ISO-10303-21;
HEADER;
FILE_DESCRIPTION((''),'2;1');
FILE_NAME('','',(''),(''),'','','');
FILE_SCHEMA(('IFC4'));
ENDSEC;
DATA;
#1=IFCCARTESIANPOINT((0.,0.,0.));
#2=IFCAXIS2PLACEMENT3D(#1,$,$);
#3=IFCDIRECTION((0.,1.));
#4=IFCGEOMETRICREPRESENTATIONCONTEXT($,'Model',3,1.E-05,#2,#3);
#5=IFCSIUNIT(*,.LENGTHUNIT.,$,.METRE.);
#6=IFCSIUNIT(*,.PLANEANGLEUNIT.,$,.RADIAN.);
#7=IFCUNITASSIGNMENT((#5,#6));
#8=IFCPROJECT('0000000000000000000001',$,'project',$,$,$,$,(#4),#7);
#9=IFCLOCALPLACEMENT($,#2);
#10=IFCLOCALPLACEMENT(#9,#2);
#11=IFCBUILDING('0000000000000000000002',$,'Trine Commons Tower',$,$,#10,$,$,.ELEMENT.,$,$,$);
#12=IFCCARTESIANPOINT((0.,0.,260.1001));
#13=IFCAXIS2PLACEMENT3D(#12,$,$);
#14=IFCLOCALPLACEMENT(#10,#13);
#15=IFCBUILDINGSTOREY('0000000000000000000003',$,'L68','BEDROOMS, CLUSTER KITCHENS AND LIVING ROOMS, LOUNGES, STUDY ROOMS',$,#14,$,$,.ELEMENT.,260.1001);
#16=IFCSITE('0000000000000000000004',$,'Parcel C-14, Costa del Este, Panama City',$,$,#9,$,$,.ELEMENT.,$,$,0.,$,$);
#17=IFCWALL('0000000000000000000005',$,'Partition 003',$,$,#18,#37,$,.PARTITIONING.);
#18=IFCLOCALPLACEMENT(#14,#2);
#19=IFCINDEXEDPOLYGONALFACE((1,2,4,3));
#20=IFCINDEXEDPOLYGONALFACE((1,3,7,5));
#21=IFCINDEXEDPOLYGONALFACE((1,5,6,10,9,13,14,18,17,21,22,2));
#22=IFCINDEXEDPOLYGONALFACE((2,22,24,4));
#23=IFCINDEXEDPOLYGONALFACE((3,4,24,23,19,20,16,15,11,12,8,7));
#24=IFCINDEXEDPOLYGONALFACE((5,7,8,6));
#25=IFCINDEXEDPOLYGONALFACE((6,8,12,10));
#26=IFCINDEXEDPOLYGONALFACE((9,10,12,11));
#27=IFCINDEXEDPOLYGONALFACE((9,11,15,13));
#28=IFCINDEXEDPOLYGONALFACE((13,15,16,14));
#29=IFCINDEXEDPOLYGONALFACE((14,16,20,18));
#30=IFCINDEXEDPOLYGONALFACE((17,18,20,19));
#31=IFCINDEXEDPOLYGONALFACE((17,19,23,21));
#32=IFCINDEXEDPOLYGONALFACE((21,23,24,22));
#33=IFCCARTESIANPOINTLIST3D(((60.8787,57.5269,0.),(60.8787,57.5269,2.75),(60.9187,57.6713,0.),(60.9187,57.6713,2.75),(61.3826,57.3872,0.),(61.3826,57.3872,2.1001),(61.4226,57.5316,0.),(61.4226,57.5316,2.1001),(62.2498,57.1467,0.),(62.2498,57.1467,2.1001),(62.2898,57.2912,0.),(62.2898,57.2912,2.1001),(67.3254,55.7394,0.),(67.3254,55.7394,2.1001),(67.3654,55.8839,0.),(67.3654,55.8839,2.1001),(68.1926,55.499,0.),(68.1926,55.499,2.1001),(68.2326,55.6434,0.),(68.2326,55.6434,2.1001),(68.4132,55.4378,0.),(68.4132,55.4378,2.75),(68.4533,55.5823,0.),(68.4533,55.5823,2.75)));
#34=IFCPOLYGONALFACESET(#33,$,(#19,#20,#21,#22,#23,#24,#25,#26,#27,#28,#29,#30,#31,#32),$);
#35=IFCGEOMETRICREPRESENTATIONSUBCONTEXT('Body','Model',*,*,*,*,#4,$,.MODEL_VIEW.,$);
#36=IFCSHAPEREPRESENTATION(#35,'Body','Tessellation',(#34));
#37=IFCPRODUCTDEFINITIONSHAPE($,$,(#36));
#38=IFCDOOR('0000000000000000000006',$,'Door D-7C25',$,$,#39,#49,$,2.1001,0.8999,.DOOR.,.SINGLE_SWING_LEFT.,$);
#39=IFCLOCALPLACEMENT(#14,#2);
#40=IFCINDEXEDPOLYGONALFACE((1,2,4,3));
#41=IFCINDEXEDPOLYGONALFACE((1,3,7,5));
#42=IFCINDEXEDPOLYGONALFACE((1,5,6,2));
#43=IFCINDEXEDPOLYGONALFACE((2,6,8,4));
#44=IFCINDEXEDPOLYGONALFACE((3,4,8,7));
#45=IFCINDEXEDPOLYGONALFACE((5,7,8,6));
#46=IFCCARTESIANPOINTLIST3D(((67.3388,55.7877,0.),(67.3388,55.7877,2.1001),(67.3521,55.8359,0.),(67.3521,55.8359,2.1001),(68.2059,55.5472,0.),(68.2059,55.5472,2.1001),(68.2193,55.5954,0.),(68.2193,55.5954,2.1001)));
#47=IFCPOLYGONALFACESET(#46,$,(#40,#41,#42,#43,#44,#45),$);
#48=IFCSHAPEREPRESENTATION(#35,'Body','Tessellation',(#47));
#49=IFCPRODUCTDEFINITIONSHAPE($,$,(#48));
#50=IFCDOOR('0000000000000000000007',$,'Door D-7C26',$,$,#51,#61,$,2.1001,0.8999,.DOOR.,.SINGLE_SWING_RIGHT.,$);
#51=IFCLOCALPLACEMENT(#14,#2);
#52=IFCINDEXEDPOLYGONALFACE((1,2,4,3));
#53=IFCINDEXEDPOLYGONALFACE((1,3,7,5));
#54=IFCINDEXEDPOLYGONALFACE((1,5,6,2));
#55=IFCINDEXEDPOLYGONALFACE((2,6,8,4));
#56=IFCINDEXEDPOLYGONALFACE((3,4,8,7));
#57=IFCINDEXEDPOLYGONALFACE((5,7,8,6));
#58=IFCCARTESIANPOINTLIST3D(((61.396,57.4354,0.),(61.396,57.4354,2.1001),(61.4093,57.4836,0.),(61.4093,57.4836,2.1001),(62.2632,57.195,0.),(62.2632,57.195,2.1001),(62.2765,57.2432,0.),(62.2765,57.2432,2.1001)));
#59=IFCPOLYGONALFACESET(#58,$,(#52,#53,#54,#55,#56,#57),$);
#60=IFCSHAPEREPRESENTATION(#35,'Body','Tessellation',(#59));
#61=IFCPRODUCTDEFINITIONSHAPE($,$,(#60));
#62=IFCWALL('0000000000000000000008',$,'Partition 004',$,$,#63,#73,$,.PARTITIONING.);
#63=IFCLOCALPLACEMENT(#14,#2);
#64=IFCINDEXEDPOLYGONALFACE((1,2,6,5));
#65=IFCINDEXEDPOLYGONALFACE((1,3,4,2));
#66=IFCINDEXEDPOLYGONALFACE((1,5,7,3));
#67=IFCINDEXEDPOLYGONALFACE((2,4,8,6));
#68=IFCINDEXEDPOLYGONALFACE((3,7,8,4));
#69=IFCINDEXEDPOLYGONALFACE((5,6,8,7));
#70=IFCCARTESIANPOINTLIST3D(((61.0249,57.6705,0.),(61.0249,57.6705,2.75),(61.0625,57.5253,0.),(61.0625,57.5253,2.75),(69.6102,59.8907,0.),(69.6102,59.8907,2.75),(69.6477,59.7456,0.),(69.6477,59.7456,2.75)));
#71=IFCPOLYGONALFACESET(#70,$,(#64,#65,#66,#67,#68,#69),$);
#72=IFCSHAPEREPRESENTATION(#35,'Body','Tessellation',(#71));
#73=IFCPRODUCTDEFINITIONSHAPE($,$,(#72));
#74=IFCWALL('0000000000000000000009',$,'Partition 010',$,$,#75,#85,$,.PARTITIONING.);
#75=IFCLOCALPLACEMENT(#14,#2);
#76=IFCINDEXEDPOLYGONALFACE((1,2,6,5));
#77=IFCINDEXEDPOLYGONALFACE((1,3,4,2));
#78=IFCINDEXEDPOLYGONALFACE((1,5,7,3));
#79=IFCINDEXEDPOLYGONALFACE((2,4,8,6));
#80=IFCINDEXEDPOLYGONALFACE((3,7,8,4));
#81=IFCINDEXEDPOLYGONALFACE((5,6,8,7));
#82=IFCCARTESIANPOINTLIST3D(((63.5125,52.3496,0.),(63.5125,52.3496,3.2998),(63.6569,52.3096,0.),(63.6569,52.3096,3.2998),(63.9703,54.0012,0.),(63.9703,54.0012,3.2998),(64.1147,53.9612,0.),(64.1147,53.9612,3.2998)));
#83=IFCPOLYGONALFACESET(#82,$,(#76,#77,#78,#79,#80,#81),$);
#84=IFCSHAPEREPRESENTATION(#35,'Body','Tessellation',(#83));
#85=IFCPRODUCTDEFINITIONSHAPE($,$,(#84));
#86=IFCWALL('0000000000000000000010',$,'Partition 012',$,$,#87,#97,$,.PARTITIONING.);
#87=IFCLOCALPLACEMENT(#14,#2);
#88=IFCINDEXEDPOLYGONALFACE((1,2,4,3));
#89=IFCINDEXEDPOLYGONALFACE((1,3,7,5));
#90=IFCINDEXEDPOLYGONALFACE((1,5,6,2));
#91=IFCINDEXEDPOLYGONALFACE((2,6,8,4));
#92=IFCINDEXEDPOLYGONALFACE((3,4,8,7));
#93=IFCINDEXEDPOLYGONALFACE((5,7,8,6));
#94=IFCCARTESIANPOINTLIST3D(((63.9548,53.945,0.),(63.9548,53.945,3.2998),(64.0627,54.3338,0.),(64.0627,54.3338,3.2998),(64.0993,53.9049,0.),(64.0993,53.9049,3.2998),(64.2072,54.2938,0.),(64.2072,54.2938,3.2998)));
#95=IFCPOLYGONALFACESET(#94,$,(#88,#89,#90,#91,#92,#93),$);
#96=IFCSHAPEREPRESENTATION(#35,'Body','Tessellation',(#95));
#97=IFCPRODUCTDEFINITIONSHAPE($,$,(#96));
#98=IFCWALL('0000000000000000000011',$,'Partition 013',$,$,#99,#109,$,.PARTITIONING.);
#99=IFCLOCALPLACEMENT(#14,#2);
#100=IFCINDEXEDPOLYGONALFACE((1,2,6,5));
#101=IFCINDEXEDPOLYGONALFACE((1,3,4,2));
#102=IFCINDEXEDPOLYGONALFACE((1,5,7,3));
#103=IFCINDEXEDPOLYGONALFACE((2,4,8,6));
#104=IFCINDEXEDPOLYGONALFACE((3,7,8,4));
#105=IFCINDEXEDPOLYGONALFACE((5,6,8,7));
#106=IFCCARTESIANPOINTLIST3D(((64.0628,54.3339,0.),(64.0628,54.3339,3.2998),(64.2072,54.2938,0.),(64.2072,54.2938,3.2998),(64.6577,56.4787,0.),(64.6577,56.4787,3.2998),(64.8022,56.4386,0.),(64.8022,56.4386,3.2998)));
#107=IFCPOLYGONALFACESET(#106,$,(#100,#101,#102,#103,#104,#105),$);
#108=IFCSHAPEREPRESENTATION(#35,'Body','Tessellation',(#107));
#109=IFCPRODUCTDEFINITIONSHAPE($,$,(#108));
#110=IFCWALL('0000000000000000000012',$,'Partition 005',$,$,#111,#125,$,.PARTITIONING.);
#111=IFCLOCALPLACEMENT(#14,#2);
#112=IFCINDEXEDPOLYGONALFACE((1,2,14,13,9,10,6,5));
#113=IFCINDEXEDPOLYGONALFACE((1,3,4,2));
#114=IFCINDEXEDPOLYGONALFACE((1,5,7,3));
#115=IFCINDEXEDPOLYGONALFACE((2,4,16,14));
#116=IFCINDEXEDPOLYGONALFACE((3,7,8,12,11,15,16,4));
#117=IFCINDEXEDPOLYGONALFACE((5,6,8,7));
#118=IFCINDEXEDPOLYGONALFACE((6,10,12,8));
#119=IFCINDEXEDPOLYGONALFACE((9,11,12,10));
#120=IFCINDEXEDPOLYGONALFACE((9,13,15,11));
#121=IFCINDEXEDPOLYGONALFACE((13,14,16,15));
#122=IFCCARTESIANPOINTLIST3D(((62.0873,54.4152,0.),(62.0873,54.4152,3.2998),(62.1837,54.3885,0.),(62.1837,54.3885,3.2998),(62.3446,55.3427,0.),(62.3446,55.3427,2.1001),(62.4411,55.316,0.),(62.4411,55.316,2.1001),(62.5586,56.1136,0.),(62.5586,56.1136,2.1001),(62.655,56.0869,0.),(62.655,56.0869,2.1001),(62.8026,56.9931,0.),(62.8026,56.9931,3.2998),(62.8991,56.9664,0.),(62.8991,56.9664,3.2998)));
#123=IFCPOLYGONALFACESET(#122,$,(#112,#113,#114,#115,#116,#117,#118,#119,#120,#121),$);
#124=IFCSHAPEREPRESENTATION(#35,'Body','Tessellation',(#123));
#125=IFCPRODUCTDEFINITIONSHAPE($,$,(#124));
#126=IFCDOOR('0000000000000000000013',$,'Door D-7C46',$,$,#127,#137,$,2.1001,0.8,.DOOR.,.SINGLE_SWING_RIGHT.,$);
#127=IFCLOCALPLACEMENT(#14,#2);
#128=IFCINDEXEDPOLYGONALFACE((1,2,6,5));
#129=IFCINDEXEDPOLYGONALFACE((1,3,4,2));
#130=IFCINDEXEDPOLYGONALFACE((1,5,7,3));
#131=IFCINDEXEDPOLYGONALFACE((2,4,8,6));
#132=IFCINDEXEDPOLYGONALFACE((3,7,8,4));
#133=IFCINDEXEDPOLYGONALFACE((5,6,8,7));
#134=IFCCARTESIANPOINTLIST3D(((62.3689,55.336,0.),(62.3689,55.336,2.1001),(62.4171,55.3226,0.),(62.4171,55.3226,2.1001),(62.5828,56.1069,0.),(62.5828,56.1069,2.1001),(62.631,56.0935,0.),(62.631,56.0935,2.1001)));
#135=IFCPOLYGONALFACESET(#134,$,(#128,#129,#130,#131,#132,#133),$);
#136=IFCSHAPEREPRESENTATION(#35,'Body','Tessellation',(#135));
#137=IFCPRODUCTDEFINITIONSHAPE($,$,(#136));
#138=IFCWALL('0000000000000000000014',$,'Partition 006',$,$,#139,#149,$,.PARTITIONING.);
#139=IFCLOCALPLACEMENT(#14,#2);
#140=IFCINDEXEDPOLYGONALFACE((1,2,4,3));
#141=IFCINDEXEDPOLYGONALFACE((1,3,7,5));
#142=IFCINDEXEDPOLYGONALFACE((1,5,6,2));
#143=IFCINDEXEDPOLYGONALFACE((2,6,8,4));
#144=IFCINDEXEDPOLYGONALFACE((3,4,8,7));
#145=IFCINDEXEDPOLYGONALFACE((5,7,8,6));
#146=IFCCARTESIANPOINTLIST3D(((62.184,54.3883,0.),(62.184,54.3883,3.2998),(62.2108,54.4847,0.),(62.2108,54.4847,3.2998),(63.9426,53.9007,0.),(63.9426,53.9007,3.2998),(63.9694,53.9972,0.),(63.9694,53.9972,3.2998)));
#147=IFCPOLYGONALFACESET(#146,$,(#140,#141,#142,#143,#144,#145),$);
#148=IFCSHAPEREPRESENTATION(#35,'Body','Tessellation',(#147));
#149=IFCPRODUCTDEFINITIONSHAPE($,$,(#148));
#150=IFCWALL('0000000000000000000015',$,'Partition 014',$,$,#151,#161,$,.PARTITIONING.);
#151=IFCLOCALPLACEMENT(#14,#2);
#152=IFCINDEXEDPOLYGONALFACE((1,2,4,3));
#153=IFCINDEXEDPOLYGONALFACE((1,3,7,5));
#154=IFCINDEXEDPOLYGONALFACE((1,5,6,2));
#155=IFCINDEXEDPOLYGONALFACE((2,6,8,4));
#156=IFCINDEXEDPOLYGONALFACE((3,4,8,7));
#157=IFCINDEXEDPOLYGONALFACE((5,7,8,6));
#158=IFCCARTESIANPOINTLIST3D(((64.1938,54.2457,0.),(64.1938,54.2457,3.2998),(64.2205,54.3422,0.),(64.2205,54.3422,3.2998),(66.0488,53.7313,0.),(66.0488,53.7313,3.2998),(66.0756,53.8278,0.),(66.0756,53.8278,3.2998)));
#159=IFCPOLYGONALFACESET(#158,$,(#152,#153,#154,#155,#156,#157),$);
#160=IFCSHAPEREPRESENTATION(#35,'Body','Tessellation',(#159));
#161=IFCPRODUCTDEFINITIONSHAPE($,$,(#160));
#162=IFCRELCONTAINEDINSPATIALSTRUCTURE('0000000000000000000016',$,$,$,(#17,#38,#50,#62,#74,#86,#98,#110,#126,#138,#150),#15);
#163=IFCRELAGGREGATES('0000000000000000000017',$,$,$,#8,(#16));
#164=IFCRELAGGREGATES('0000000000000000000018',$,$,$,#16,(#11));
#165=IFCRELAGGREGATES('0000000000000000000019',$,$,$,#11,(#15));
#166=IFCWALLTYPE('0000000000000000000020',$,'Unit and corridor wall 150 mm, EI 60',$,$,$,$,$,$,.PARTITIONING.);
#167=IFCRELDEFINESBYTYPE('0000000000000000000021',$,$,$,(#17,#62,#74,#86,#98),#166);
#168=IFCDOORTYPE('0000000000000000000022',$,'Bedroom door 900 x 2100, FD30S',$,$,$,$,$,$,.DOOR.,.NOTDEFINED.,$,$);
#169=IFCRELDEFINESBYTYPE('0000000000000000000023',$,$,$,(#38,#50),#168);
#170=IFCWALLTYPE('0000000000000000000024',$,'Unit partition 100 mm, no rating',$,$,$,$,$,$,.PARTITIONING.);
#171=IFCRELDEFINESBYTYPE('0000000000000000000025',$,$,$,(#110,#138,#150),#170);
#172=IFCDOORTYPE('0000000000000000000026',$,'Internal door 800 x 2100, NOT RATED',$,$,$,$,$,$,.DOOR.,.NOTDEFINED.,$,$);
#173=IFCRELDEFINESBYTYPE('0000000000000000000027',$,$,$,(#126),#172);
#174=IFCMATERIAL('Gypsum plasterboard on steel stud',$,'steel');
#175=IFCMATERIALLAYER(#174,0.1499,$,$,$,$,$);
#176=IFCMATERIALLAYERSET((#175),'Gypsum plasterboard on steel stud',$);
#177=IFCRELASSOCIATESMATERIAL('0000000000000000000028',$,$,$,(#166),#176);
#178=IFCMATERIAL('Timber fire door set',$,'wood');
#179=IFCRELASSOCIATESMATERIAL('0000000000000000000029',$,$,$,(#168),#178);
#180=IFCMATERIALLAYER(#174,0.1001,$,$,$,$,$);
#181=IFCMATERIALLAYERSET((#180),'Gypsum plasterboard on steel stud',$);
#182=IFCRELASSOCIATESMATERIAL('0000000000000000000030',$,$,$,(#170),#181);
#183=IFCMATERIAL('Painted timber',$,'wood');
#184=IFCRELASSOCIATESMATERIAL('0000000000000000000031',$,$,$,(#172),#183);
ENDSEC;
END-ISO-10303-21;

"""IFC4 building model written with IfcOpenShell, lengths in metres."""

from ifc_helpers import new_model, si_unit, direction, frame, frame_2d, origin, place, context, subcontext, project, spatial, rectangle, extrude, material, layer, layer_set, type_object, element, fill, save


model = new_model("IFC4")

# Units and contexts
model_context = context("Model", 3, precision=1e-05, world=origin(), true_north=direction((0.0, 1.0)))
body_context = subcontext(model_context, "Body", "Model", "MODEL_VIEW")
ifc_project = project(units=[si_unit("LENGTHUNIT", "METRE"), si_unit("PLANEANGLEUNIT", "RADIAN")], contexts=[model_context])

# Site, building, storey
site_placement = place(None, origin())
site = spatial("IfcSite", under=ifc_project, at=site_placement, Name="Parcel C-14, Costa del Este, Panama City", CompositionType="ELEMENT", RefElevation=0.0)
building_placement = place(site_placement, origin())
building = spatial("IfcBuilding", under=site, at=building_placement, Name="Trine Commons Tower", CompositionType="ELEMENT")
storey_placement = place(building_placement, frame((0.0, 0.0, 260.1001)))
storey = spatial("IfcBuildingStorey", under=building, at=storey_placement, Name="L68", Description="BEDROOMS, CLUSTER KITCHENS AND LIVING ROOMS, LOUNGES, STUDY ROOMS", CompositionType="ELEMENT", Elevation=260.1001)

# Shared definitions
ifc_material_1 = material(Name="Gypsum plasterboard on steel stud", Category="steel")
ifc_layer_1 = layer(ifc_material_1, 0.1499)
ifc_layer_set_1 = layer_set([ifc_layer_1], Name="Gypsum plasterboard on steel stud")
wall_type_1 = type_object("IfcWallType", Name="Unit and corridor wall 150 mm, EI 60", PredefinedType="PARTITIONING", material=ifc_layer_set_1)

# Wall, openings, doors
wall_1_placement = place(storey_placement, frame((60.8987, 57.5991, 0.0), z_axis=(0.0, 0.0, 1.0), x_axis=(0.963645, -0.267186, 0.0)))
wall_1 = element("IfcWall", 1, at=wall_1_placement, inside=storey, type_object=wall_type_1, Name="Partition 003", PredefinedType="PARTITIONING", context=body_context, shape_type="SweptSolid", body=[
    extrude(rectangle(XDim=7.8188, YDim=0.1499, at=frame_2d((3.9094, 0.0))), origin(), (0.0, 0.0, 1.0), 2.75),
])
opening_1_placement = place(wall_1_placement, frame((6.6899, 0.0, 0.0)))
opening_1 = element("IfcOpeningElement", 2, at=opening_1_placement, cuts=wall_1, PredefinedType="OPENING", context=body_context, shape_type="SweptSolid", body=[
    extrude(rectangle(XDim=0.8999, YDim=2.1001, at=frame_2d((0.45, 1.05))), frame((0.0, 0.085, 0.0), z_axis=(0.0, -1.0, 0.0), x_axis=(1.0, 0.0, 0.0)), (0.0, 0.0, 1.0), 0.1699),
])
opening_2_placement = place(wall_1_placement, frame((0.5229, 0.0, 0.0)))
opening_2 = element("IfcOpeningElement", 3, at=opening_2_placement, cuts=wall_1, PredefinedType="OPENING", context=body_context, shape_type="SweptSolid", body=[
    extrude(rectangle(XDim=0.8999, YDim=2.1001, at=frame_2d((0.45, 1.05))), frame((0.0, 0.085, 0.0), z_axis=(0.0, -1.0, 0.0), x_axis=(1.0, 0.0, 0.0)), (0.0, 0.0, 1.0), 0.1699),
])
ifc_material_2 = material(Name="Timber fire door set", Category="wood")
door_type_1 = type_object("IfcDoorType", Name="Bedroom door 900 x 2100, FD30S", OperationType="NOTDEFINED", PredefinedType="DOOR", material=ifc_material_2)
door_1_placement = place(opening_1_placement, frame((0.8999, 0.0, 0.0), z_axis=(0.0, 0.0, 1.0), x_axis=(-1.0, 0.0, 0.0)))
door_1 = element("IfcDoor", 4, at=door_1_placement, inside=storey, type_object=door_type_1, Name="Door D-7C25", OperationType="SINGLE_SWING_LEFT", OverallHeight=2.1001, OverallWidth=0.8999, PredefinedType="DOOR", context=body_context, shape_type="SweptSolid", body=[
    extrude(rectangle(XDim=0.8999, YDim=2.1001, at=frame_2d((0.45, 1.05))), frame((0.0, 0.0249, 0.0), z_axis=(0.0, -1.0, 0.0), x_axis=(1.0, 0.0, 0.0)), (0.0, 0.0, 1.0), 0.05),
])
fill(opening_1, door_1)
door_2_placement = place(opening_2_placement, frame((0.8999, 0.0, 0.0), z_axis=(0.0, 0.0, 1.0), x_axis=(-1.0, 0.0, 0.0)))
door_2 = element("IfcDoor", 5, at=door_2_placement, inside=storey, type_object=door_type_1, Name="Door D-7C26", OperationType="SINGLE_SWING_RIGHT", OverallHeight=2.1001, OverallWidth=0.8999, PredefinedType="DOOR", context=body_context, shape_type="SweptSolid", body=[
    extrude(rectangle(XDim=0.8999, YDim=2.1001, at=frame_2d((0.45, 1.05))), frame((0.0, 0.0249, 0.0), z_axis=(0.0, -1.0, 0.0), x_axis=(1.0, 0.0, 0.0)), (0.0, 0.0, 1.0), 0.05),
])
fill(opening_2, door_2)

# Walls
wall_2_placement = place(storey_placement, frame((61.0437, 57.5979, 0.0), z_axis=(0.0, 0.0, 1.0), x_axis=(0.96815, 0.250373, 0.0)))
element("IfcWall", 6, at=wall_2_placement, inside=storey, type_object=wall_type_1, Name="Partition 004", PredefinedType="PARTITIONING", context=body_context, shape_type="SweptSolid", body=[
    extrude(rectangle(XDim=8.8677, YDim=0.1499, at=frame_2d((4.4338, 0.0))), origin(), (0.0, 0.0, 1.0), 2.75),
])
wall_3_placement = place(storey_placement, frame((63.5847, 52.3296, 0.0), z_axis=(0.0, 0.0, 1.0), x_axis=(0.267093, 0.963671, 0.0)))
element("IfcWall", 7, at=wall_3_placement, inside=storey, type_object=wall_type_1, Name="Partition 010", PredefinedType="PARTITIONING", context=body_context, shape_type="SweptSolid", body=[
    extrude(rectangle(XDim=1.7139, YDim=0.1499, at=frame_2d((0.8569, 0.0))), origin(), (0.0, 0.0, 1.0), 3.2998),
])
wall_4_placement = place(storey_placement, frame((64.0271, 53.925, 0.0), z_axis=(0.0, 0.0, 1.0), x_axis=(0.267363, 0.963596, 0.0)))
element("IfcWall", 8, at=wall_4_placement, inside=storey, type_object=wall_type_1, Name="Partition 012", PredefinedType="PARTITIONING", context=body_context, shape_type="SweptSolid", body=[
    extrude(rectangle(XDim=0.4036, YDim=0.1499, at=frame_2d((0.2017, 0.0))), origin(), (0.0, 0.0, 1.0), 3.2998),
])
wall_5_placement = place(storey_placement, frame((64.135, 54.314, 0.0), z_axis=(0.0, 0.0, 1.0), x_axis=(0.26731, 0.963611, 0.0)))
element("IfcWall", 9, at=wall_5_placement, inside=storey, type_object=wall_type_1, Name="Partition 013", PredefinedType="PARTITIONING", context=body_context, shape_type="SweptSolid", body=[
    extrude(rectangle(XDim=2.2258, YDim=0.1499, at=frame_2d((1.1128, 0.0))), origin(), (0.0, 0.0, 1.0), 3.2998),
])

# Wall, opening, door
ifc_layer_2 = layer(ifc_material_1, 0.1001)
ifc_layer_set_2 = layer_set([ifc_layer_2], Name="Gypsum plasterboard on steel stud")
wall_type_2 = type_object("IfcWallType", Name="Unit partition 100 mm, no rating", PredefinedType="PARTITIONING", material=ifc_layer_set_2)
wall_6_placement = place(storey_placement, frame((62.1355, 54.4019, 0.0), z_axis=(0.0, 0.0, 1.0), x_axis=(0.267385, 0.96359, 0.0)))
wall_6 = element("IfcWall", 10, at=wall_6_placement, inside=storey, type_object=wall_type_2, Name="Partition 005", PredefinedType="PARTITIONING", context=body_context, shape_type="SweptSolid", body=[
    extrude(rectangle(XDim=2.6753, YDim=0.1001, at=frame_2d((1.3376, 0.0))), origin(), (0.0, 0.0, 1.0), 3.2998),
])
opening_3_placement = place(wall_6_placement, frame((0.9626, 0.0, 0.0)))
opening_3 = element("IfcOpeningElement", 11, at=opening_3_placement, cuts=wall_6, PredefinedType="OPENING", context=body_context, shape_type="SweptSolid", body=[
    extrude(rectangle(XDim=0.8, YDim=2.1001, at=frame_2d((0.3999, 1.05))), frame((0.0, 0.0601, 0.0), z_axis=(0.0, -1.0, 0.0), x_axis=(1.0, 0.0, 0.0)), (0.0, 0.0, 1.0), 0.1201),
])
ifc_material_3 = material(Name="Painted timber", Category="wood")
door_type_2 = type_object("IfcDoorType", Name="Internal door 800 x 2100, NOT RATED", OperationType="NOTDEFINED", PredefinedType="DOOR", material=ifc_material_3)
door_3_placement = place(opening_3_placement, origin())
door_3 = element("IfcDoor", 12, at=door_3_placement, inside=storey, type_object=door_type_2, Name="Door D-7C46", OperationType="SINGLE_SWING_RIGHT", OverallHeight=2.1001, OverallWidth=0.8, PredefinedType="DOOR", context=body_context, shape_type="SweptSolid", body=[
    extrude(rectangle(XDim=0.8, YDim=2.1001, at=frame_2d((0.3999, 1.05))), frame((0.0, 0.0249, 0.0), z_axis=(0.0, -1.0, 0.0), x_axis=(1.0, 0.0, 0.0)), (0.0, 0.0, 1.0), 0.05),
])
fill(opening_3, door_3)

# Walls
wall_7_placement = place(storey_placement, frame((62.1973, 54.4365, 0.0), z_axis=(0.0, 0.0, 1.0), x_axis=(0.96365, -0.267168, 0.0)))
element("IfcWall", 13, at=wall_7_placement, inside=storey, type_object=wall_type_2, Name="Partition 006", PredefinedType="PARTITIONING", context=body_context, shape_type="SweptSolid", body=[
    extrude(rectangle(XDim=1.825, YDim=0.1001, at=frame_2d((0.9126, 0.0))), origin(), (0.0, 0.0, 1.0), 3.2998),
])
wall_8_placement = place(storey_placement, frame((64.2073, 54.2939, 0.0), z_axis=(0.0, 0.0, 1.0), x_axis=(0.963634, -0.267225, 0.0)))
element("IfcWall", 14, at=wall_8_placement, inside=storey, type_object=wall_type_2, Name="Partition 014", PredefinedType="PARTITIONING", context=body_context, shape_type="SweptSolid", body=[
    extrude(rectangle(XDim=1.925, YDim=0.1001, at=frame_2d((0.9624, 0.0))), origin(), (0.0, 0.0, 1.0), 3.2998),
])

save(model, "model.ifc")
